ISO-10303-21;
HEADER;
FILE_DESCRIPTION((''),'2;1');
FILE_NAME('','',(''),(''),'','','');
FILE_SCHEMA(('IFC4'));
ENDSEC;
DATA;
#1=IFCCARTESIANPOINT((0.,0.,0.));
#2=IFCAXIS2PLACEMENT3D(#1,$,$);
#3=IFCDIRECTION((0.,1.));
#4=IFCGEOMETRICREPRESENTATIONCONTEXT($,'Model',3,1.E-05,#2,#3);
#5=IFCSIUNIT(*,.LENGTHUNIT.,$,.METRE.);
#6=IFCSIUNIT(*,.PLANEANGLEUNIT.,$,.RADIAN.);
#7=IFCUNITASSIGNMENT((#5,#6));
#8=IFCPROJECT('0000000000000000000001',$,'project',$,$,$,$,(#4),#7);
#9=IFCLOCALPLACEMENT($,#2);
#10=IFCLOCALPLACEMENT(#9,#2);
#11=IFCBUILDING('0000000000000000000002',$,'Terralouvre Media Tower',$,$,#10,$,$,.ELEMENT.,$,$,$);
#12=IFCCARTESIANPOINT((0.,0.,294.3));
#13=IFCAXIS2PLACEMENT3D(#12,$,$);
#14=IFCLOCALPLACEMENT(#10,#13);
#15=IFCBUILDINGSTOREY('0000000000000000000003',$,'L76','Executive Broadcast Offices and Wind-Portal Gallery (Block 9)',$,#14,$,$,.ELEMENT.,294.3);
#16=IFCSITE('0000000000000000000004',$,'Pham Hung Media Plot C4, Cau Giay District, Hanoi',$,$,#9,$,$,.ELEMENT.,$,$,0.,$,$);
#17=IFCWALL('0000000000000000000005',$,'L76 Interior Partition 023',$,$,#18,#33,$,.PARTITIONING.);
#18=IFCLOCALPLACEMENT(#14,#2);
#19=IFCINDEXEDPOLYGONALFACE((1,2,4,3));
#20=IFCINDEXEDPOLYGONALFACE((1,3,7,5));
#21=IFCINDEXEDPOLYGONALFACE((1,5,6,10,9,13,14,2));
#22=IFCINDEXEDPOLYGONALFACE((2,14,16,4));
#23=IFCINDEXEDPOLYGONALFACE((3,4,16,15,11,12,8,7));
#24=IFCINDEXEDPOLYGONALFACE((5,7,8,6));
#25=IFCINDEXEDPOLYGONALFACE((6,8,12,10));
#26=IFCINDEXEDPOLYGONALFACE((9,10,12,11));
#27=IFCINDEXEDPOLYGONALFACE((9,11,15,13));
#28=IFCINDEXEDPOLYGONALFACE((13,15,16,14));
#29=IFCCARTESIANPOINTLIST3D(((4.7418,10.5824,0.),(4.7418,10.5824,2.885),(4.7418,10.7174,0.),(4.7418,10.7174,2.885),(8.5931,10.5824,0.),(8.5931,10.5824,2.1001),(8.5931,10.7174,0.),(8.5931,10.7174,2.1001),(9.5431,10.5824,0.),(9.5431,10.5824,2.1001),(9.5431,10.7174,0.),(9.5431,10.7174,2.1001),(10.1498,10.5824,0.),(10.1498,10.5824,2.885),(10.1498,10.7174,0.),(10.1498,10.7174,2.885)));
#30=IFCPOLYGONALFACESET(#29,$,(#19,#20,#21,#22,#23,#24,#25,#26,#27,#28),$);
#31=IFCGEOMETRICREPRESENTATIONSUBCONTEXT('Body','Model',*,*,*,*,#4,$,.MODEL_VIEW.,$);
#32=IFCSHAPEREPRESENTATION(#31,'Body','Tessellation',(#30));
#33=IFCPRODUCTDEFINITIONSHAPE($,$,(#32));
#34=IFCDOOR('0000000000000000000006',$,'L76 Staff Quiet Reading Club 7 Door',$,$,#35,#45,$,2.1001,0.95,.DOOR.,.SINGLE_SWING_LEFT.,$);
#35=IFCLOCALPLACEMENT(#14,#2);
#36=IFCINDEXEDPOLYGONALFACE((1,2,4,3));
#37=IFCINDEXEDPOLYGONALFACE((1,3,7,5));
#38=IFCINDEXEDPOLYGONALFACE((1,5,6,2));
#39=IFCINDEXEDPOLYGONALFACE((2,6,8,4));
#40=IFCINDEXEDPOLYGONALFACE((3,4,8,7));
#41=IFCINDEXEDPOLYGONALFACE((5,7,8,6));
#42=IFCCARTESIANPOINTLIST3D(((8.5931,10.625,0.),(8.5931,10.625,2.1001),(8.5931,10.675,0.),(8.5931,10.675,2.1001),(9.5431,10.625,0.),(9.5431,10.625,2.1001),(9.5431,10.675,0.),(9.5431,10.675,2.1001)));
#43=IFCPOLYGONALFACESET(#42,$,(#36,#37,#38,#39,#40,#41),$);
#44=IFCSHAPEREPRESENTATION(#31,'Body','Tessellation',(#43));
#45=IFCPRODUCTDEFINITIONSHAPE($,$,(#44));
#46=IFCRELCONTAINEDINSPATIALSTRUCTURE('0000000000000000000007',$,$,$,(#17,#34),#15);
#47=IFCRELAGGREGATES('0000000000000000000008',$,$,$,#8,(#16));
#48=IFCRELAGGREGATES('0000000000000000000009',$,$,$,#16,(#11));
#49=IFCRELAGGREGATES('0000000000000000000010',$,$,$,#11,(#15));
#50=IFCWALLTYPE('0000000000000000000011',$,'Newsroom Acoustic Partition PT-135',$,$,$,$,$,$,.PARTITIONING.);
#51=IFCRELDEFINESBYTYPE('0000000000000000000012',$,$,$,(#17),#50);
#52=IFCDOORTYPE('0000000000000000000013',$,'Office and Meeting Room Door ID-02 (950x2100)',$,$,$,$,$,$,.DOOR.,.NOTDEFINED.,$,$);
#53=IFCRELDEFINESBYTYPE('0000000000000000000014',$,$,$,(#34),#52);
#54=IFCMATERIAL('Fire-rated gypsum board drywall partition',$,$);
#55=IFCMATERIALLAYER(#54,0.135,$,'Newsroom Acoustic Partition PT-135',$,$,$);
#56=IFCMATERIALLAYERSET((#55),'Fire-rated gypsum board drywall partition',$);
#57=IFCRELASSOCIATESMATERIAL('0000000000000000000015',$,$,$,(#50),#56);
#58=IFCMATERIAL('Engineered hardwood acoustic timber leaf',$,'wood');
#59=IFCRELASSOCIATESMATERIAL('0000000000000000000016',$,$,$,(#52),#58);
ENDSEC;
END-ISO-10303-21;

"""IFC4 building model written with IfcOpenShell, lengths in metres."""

from ifc_helpers import new_model, si_unit, direction, frame, frame_2d, origin, place, context, subcontext, project, spatial, rectangle, extrude, material, layer, layer_set, type_object, element, fill, save


model = new_model("IFC4")

# Units and contexts
model_context = context("Model", 3, precision=1e-05, world=origin(), true_north=direction((0.0, 1.0)))
body_context = subcontext(model_context, "Body", "Model", "MODEL_VIEW")
ifc_project = project(units=[si_unit("LENGTHUNIT", "METRE"), si_unit("PLANEANGLEUNIT", "RADIAN")], contexts=[model_context])

# Site, building, storey
site_placement = place(None, origin())
site = spatial("IfcSite", under=ifc_project, at=site_placement, Name="Pham Hung Media Plot C4, Cau Giay District, Hanoi", CompositionType="ELEMENT", RefElevation=0.0)
building_placement = place(site_placement, origin())
building = spatial("IfcBuilding", under=site, at=building_placement, Name="Terralouvre Media Tower", CompositionType="ELEMENT")
storey_placement = place(building_placement, frame((0.0, 0.0, 294.3)))
storey = spatial("IfcBuildingStorey", under=building, at=storey_placement, Name="L76", Description="Executive Broadcast Offices and Wind-Portal Gallery (Block 9)", CompositionType="ELEMENT", Elevation=294.3)

# Shared definitions
ifc_material_1 = material(Name="Fire-rated gypsum board drywall partition")
ifc_layer_1 = layer(ifc_material_1, 0.135, Name="Newsroom Acoustic Partition PT-135")
ifc_layer_set_1 = layer_set([ifc_layer_1], Name="Fire-rated gypsum board drywall partition")
wall_type_1 = type_object("IfcWallType", Name="Newsroom Acoustic Partition PT-135", PredefinedType="PARTITIONING", material=ifc_layer_set_1)

# Wall, opening, door
wall_1_placement = place(storey_placement, frame((10.1499, 10.6499, 0.0), z_axis=(0.0, 0.0, 1.0), x_axis=(-1.0, 0.0, 0.0)))
wall_1 = element("IfcWall", 1, at=wall_1_placement, inside=storey, type_object=wall_type_1, Name="L76 Interior Partition 023", PredefinedType="PARTITIONING", context=body_context, shape_type="SweptSolid", body=[
    extrude(rectangle(XDim=5.408, YDim=0.135, at=frame_2d((2.7041, 0.0))), origin(), (0.0, 0.0, 1.0), 2.885),
])
opening_1_placement = place(wall_1_placement, frame((0.6067, 0.0, 0.0)))
opening_1 = element("IfcOpeningElement", 2, at=opening_1_placement, cuts=wall_1, PredefinedType="OPENING", context=body_context, shape_type="SweptSolid", body=[
    extrude(rectangle(XDim=0.95, YDim=2.1001, at=frame_2d((0.4751, 1.05))), frame((0.0, 0.0774, 0.0), z_axis=(0.0, -1.0, 0.0), x_axis=(1.0, 0.0, 0.0)), (0.0, 0.0, 1.0), 0.155),
])
ifc_material_2 = material(Name="Engineered hardwood acoustic timber leaf", Category="wood")
door_type_1 = type_object("IfcDoorType", Name="Office and Meeting Room Door ID-02 (950x2100)", OperationType="NOTDEFINED", PredefinedType="DOOR", material=ifc_material_2)
door_1_placement = place(opening_1_placement, origin())
door_1 = element("IfcDoor", 3, at=door_1_placement, inside=storey, type_object=door_type_1, Name="L76 Staff Quiet Reading Club 7 Door", OperationType="SINGLE_SWING_LEFT", OverallHeight=2.1001, OverallWidth=0.95, PredefinedType="DOOR", context=body_context, shape_type="SweptSolid", body=[
    extrude(rectangle(XDim=0.95, YDim=2.1001, at=frame_2d((0.4751, 1.05))), frame((0.0, 0.0249, 0.0), z_axis=(0.0, -1.0, 0.0), x_axis=(1.0, 0.0, 0.0)), (0.0, 0.0, 1.0), 0.05),
])
fill(opening_1, door_1)

save(model, "model.ifc")
